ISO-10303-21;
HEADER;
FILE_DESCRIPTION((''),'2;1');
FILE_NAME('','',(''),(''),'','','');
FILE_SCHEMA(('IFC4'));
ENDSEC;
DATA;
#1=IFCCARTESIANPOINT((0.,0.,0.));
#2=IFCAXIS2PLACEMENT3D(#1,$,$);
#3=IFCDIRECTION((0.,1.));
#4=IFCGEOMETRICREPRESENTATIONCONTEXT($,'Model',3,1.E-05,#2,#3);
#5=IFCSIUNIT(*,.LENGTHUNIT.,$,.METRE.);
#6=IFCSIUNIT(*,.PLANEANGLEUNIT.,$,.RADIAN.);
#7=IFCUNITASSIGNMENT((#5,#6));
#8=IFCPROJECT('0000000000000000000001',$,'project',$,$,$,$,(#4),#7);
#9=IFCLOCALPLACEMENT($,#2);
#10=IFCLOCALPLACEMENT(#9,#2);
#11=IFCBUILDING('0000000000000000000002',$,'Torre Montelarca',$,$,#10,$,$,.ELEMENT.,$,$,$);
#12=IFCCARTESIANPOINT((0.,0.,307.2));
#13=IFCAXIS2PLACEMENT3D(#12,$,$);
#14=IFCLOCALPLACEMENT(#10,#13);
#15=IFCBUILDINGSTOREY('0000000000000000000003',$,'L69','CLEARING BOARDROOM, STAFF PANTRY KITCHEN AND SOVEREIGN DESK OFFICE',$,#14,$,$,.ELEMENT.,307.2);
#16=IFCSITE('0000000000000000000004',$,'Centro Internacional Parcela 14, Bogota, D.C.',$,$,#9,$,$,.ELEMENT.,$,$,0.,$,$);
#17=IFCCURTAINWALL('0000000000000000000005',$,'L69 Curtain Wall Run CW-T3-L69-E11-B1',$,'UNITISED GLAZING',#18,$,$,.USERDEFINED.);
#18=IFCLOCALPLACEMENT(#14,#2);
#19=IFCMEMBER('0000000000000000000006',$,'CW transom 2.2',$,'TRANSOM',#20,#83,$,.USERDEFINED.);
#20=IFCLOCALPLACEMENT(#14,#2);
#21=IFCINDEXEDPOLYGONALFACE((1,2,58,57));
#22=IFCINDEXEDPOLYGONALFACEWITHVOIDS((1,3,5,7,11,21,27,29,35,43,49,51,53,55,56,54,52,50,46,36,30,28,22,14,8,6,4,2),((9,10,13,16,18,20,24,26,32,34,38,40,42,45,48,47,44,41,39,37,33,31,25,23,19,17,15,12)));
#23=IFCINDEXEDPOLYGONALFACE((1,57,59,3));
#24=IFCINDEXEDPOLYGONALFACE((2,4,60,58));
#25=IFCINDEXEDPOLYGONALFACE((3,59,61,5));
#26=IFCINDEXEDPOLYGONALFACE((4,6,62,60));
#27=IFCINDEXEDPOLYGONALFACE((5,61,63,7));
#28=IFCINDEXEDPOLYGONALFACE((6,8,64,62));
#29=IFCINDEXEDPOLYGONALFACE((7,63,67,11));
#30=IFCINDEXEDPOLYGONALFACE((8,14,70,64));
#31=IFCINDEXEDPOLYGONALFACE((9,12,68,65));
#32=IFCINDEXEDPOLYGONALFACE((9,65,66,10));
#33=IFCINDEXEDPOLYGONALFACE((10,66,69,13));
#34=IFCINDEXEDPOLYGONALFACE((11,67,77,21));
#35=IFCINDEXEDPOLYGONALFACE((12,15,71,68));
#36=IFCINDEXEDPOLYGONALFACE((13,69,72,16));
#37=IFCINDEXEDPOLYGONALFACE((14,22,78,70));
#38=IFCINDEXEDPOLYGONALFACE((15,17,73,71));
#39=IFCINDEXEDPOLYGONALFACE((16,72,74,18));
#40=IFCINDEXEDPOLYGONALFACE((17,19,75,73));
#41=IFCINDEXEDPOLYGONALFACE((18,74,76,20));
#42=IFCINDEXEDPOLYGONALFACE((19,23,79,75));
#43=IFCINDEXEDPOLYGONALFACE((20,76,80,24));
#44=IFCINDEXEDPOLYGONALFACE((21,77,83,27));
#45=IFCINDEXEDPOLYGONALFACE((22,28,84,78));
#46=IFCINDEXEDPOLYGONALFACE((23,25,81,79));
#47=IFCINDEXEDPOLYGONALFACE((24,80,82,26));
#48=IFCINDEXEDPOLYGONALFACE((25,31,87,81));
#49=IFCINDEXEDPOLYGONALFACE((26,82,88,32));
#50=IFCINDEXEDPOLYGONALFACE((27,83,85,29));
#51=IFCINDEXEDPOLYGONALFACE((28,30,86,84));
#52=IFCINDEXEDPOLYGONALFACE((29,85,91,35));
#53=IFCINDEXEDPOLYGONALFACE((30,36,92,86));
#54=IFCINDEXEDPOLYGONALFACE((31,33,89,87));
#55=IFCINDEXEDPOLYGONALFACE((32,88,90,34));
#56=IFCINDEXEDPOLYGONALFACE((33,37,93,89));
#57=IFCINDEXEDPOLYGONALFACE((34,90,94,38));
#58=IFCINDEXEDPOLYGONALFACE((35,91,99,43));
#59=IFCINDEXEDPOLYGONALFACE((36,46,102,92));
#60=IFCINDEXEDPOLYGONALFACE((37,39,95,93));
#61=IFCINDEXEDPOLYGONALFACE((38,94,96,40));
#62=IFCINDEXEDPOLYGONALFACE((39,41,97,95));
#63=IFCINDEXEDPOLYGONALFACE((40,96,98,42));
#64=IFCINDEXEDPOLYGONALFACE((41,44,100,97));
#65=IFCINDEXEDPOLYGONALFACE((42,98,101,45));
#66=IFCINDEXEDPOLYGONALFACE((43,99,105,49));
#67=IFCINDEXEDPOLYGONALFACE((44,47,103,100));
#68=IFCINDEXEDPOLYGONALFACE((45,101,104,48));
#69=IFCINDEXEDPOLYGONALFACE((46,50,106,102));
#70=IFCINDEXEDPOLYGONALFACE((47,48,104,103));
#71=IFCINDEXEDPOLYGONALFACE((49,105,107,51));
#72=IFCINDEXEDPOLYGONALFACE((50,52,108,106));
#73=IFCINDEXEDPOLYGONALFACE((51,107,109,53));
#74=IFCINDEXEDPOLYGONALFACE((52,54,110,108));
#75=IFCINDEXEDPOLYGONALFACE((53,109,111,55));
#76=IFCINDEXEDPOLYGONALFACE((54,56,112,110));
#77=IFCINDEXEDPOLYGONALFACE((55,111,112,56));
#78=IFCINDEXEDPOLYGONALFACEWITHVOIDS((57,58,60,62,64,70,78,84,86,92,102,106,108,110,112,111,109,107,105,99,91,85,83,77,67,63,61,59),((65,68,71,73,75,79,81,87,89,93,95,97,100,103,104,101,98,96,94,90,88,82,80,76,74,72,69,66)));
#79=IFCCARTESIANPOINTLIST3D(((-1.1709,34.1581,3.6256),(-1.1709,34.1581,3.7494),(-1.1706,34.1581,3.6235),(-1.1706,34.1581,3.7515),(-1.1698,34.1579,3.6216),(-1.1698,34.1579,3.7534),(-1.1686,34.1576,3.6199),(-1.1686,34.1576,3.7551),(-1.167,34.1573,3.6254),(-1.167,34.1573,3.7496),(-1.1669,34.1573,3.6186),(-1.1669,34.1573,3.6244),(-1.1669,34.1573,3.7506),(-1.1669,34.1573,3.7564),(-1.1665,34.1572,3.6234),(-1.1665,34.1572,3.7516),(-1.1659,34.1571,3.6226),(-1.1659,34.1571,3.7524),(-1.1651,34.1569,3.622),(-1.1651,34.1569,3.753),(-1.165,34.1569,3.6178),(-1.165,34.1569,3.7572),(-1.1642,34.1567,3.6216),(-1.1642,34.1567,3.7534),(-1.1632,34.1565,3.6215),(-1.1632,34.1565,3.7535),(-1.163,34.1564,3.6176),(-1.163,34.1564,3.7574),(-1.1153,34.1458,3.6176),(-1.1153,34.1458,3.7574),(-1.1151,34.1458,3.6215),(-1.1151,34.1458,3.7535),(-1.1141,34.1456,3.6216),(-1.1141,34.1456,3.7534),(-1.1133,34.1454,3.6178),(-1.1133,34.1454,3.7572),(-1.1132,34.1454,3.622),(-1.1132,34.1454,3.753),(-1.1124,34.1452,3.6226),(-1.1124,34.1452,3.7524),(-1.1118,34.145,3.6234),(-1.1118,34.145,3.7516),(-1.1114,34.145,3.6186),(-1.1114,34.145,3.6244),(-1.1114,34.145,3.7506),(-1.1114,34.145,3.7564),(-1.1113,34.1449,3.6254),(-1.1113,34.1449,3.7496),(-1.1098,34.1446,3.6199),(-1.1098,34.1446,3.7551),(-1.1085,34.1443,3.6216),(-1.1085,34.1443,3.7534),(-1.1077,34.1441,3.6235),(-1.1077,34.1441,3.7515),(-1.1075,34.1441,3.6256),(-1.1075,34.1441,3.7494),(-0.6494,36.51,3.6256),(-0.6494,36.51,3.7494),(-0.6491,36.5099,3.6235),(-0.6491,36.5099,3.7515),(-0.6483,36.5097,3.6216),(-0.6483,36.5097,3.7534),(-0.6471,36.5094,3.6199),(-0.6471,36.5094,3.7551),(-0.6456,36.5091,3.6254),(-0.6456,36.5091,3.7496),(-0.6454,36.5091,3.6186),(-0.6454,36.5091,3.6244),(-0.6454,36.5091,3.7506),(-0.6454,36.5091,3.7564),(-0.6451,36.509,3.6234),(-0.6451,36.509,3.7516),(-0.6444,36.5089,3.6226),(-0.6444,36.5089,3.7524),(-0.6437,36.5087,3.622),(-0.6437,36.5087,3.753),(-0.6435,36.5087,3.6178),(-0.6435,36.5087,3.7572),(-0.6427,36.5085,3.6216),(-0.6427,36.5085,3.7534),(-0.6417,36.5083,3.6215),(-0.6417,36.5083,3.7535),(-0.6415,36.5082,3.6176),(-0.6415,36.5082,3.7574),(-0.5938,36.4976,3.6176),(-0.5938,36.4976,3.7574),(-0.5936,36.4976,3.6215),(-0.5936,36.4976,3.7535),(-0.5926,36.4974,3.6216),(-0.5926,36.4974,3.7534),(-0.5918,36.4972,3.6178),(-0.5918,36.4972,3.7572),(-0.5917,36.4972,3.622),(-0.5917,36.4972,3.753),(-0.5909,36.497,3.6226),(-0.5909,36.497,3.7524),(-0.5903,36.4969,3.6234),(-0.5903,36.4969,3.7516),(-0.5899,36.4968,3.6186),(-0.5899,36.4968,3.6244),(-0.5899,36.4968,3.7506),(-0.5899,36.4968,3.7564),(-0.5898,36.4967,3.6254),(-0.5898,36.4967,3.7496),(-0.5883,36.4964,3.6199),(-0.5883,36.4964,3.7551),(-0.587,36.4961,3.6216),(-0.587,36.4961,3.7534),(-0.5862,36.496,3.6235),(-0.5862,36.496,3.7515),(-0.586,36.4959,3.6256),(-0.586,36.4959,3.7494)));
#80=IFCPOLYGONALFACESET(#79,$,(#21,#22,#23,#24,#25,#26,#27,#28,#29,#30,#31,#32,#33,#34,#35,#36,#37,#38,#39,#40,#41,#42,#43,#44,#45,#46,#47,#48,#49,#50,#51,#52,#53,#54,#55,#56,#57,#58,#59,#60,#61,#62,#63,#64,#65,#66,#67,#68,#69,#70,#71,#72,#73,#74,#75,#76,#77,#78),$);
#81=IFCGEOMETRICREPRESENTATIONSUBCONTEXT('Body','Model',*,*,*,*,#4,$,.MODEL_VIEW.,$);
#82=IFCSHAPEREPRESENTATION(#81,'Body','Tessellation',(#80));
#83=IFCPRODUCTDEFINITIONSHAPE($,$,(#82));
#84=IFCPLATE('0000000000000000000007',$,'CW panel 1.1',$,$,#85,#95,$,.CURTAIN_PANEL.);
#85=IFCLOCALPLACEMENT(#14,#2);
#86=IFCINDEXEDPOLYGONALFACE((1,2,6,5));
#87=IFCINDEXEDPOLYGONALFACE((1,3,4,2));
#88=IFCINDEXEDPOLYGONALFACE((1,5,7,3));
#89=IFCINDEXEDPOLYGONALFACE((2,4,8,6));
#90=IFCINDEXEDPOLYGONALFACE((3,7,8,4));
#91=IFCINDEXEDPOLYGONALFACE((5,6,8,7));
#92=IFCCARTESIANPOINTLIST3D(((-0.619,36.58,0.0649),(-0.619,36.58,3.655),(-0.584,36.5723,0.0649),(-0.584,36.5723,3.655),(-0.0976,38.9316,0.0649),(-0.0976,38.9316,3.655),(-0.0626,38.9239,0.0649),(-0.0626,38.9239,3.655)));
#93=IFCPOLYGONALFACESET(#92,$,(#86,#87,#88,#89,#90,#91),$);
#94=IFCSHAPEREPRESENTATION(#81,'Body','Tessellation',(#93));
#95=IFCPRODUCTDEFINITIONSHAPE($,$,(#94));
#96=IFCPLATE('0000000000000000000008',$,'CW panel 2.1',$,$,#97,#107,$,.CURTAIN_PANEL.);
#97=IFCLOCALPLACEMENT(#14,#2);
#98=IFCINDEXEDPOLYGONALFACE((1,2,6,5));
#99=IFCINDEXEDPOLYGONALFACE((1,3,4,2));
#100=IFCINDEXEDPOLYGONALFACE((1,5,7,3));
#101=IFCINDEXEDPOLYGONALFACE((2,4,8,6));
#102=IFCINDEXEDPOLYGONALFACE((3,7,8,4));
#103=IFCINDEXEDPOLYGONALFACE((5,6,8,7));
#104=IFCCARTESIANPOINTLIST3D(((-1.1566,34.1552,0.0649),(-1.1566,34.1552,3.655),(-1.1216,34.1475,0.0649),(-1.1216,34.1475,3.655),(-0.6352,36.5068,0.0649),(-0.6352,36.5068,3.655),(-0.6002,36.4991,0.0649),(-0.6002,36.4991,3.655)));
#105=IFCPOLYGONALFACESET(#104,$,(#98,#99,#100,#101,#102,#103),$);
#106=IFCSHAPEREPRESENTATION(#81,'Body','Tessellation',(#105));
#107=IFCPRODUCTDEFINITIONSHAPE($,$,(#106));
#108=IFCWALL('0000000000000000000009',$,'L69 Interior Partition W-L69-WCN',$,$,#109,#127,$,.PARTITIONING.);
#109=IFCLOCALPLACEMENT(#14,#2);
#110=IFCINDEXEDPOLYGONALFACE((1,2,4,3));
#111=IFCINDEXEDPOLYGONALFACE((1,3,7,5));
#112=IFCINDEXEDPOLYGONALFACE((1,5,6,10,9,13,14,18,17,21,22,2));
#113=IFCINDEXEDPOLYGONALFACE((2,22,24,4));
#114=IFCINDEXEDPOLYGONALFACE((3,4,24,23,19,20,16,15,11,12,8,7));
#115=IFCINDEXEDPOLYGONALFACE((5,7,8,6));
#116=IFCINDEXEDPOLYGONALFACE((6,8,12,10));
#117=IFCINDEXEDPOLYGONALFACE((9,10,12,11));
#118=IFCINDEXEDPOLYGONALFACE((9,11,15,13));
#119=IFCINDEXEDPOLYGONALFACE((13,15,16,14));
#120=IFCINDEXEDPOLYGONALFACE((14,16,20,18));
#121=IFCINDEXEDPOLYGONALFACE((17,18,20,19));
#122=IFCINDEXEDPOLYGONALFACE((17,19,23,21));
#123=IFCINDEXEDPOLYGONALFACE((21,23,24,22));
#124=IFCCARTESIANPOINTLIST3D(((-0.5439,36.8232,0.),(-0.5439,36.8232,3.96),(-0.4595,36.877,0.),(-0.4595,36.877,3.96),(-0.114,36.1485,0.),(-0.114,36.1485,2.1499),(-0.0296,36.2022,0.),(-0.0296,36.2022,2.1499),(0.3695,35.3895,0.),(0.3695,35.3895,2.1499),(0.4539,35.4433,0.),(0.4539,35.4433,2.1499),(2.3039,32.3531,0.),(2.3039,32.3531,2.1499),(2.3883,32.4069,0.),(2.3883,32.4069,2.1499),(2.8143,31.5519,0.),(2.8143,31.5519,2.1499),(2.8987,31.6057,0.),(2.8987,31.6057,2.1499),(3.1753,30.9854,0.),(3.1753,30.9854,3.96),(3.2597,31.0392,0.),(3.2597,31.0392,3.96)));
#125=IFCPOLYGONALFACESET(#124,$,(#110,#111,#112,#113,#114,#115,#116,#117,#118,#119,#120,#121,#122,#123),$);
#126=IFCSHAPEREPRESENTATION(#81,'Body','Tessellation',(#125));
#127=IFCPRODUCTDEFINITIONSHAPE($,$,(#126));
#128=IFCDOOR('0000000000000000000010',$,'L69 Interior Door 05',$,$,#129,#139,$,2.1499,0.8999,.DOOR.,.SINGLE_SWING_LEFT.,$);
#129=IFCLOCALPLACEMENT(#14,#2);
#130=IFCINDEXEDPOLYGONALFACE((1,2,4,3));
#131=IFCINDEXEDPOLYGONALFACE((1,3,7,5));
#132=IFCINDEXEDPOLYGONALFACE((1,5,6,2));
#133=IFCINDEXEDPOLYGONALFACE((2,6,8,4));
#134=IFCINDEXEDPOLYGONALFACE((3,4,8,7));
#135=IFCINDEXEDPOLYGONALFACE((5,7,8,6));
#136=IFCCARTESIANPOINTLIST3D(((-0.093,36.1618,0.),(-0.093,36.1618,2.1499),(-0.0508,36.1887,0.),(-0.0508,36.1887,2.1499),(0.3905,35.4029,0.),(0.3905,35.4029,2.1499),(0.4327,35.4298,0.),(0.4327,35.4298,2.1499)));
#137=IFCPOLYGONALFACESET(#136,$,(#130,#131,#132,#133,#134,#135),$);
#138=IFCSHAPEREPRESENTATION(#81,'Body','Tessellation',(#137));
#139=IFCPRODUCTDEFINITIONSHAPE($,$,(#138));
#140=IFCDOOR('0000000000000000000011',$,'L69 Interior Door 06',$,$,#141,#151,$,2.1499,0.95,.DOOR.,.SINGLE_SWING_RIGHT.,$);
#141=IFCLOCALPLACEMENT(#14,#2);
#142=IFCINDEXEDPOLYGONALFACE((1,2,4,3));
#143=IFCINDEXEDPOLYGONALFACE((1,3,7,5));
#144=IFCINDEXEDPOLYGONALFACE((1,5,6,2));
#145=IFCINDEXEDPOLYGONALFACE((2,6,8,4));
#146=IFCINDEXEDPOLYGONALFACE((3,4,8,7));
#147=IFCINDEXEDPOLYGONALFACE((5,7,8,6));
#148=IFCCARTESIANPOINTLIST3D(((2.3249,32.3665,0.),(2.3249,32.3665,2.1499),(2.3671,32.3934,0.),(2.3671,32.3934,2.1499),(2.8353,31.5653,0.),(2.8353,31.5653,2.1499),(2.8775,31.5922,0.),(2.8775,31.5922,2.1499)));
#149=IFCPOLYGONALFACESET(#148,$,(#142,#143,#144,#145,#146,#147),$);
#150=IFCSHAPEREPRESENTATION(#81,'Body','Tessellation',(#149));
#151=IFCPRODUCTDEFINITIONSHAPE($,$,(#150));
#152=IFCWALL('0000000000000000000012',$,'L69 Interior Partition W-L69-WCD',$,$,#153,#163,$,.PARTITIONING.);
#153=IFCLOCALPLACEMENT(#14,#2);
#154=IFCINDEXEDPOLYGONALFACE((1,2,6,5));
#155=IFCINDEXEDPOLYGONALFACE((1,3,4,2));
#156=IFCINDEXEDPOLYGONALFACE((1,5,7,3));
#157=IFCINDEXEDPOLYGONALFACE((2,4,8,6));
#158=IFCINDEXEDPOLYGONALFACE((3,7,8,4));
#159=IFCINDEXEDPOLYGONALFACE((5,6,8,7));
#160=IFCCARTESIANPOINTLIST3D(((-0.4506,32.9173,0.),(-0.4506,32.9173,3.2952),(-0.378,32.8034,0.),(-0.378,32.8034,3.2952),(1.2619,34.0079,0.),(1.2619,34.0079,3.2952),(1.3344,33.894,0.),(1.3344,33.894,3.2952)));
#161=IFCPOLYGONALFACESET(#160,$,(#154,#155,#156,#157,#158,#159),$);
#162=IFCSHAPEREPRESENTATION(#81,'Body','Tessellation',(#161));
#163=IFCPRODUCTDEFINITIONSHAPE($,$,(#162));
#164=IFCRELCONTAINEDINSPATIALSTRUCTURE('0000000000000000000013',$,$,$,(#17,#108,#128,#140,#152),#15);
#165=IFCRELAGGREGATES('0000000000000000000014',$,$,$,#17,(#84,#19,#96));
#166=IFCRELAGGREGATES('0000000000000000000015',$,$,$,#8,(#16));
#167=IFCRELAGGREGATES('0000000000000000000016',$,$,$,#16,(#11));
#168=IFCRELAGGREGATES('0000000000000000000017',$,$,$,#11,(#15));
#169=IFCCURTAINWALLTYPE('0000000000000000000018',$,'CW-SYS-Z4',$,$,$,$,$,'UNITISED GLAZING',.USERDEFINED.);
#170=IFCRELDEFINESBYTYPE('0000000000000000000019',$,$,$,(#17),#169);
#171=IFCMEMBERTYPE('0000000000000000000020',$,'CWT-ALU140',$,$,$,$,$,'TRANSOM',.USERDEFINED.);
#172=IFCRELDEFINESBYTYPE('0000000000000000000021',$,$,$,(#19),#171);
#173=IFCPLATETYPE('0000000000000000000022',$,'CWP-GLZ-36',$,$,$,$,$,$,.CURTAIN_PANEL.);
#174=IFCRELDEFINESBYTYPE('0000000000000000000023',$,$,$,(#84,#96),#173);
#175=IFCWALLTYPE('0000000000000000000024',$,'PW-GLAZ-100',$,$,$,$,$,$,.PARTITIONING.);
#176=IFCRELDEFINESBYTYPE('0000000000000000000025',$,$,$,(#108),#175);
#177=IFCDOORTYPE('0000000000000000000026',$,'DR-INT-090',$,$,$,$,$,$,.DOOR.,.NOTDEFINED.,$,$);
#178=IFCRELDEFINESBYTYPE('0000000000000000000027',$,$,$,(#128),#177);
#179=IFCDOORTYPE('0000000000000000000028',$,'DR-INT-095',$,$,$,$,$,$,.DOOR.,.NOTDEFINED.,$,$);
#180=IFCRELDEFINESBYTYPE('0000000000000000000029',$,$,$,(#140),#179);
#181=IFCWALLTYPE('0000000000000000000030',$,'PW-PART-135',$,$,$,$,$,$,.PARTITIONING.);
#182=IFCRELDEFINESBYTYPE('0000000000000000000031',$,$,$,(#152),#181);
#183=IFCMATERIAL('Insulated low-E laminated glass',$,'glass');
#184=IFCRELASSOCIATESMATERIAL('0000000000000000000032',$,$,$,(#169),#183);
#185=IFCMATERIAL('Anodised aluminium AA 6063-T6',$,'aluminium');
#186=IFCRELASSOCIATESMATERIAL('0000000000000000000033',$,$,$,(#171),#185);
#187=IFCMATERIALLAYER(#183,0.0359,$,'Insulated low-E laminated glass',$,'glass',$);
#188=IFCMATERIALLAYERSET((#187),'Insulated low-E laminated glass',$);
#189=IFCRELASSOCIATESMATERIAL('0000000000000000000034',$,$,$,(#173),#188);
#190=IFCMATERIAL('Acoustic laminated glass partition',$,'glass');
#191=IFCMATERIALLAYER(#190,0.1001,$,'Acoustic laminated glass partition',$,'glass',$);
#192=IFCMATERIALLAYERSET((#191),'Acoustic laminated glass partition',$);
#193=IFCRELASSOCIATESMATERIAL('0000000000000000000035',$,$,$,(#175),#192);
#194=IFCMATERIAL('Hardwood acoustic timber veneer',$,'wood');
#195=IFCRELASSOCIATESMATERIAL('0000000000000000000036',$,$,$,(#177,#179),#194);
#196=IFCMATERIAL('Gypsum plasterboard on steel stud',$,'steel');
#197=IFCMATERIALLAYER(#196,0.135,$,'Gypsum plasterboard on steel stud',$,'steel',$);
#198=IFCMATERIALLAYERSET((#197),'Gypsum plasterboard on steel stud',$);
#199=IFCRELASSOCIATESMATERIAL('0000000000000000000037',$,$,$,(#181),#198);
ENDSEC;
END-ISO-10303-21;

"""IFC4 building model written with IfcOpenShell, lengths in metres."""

from ifc_helpers import new_model, si_unit, direction, frame, frame_2d, origin, origin_2d, place, context, subcontext, project, spatial, rectangle, hollow_rectangle, extrude, source, transform, mapped, material, layer, layer_set, material_profile, profile_set, type_object, element, fill, aggregate, save


model = new_model("IFC4")

# Units and contexts
model_context = context("Model", 3, precision=1e-05, world=origin(), true_north=direction((0.0, 1.0)))
body_context = subcontext(model_context, "Body", "Model", "MODEL_VIEW")
ifc_project = project(units=[si_unit("LENGTHUNIT", "METRE"), si_unit("PLANEANGLEUNIT", "RADIAN")], contexts=[model_context])

# Site, building, storey
site_placement = place(None, origin())
site = spatial("IfcSite", under=ifc_project, at=site_placement, Name="Centro Internacional Parcela 14, Bogota, D.C.", CompositionType="ELEMENT", RefElevation=0.0)
building_placement = place(site_placement, origin())
building = spatial("IfcBuilding", under=site, at=building_placement, Name="Torre Montelarca", CompositionType="ELEMENT")
storey_placement = place(building_placement, frame((0.0, 0.0, 307.2)))
storey = spatial("IfcBuildingStorey", under=building, at=storey_placement, Name="L69", Description="CLEARING BOARDROOM, STAFF PANTRY KITCHEN AND SOVEREIGN DESK OFFICE", CompositionType="ELEMENT", Elevation=307.2)

# Curtain wall, member, plates
ifc_material_1 = material(Name="Insulated low-E laminated glass", Category="glass")
curtain_wall_type = type_object("IfcCurtainWallType", Name="CW-SYS-Z4", ElementType="UNITISED GLAZING", PredefinedType="USERDEFINED", material=ifc_material_1)
curtain_wall_placement = place(storey_placement, origin())
curtain_wall = element("IfcCurtainWall", 1, at=curtain_wall_placement, inside=storey, type_object=curtain_wall_type, Name="L69 Curtain Wall Run CW-T3-L69-E11-B1", ObjectType="UNITISED GLAZING", PredefinedType="USERDEFINED")
ifc_material_2 = material(Name="Anodised aluminium AA 6063-T6", Category="aluminium")
ifc_material_profile_1 = material_profile(ifc_material_2, hollow_rectangle(XDim=0.0649, YDim=0.1399, WallThickness=0.0039, InnerFilletRadius=0.0039, OuterFilletRadius=0.0081, at=origin_2d()), Name="ALU65X140X4", Category="aluminium")
ifc_profile_set_1 = profile_set([ifc_material_profile_1], Name="Anodised aluminium AA 6063-T6")
member_type_1 = type_object("IfcMemberType", Name="CWT-ALU140", ElementType="TRANSOM", PredefinedType="USERDEFINED", material=ifc_profile_set_1)
shared_shape_1 = source(origin(), body_context, "Body", "SweptSolid", [
    extrude(hollow_rectangle(XDim=0.0649, YDim=0.1399, WallThickness=0.0039, InnerFilletRadius=0.0039, OuterFilletRadius=0.0081, at=origin_2d()), origin(), (0.0, 0.0, 1.0), 2.4089),
])
member_1_placement = place(storey_placement, frame((-0.6177, 36.5029, 3.6875), z_axis=(-0.21648, -0.976287, 0.0), x_axis=(0.976287, -0.21648, 0.0)))
member_1 = element("IfcMember", 2, at=member_1_placement, type_object=member_type_1, Name="CW transom 2.2", ObjectType="TRANSOM", PredefinedType="USERDEFINED", context=body_context, shape_type="MappedRepresentation", body=[
    mapped(shared_shape_1, transform((0.0, 0.0, 0.0), scale=1.0)),
])
ifc_layer_1 = layer(ifc_material_1, 0.0359, Name="Insulated low-E laminated glass", Category="glass")
ifc_layer_set_1 = layer_set([ifc_layer_1], Name="Insulated low-E laminated glass")
plate_type = type_object("IfcPlateType", Name="CWP-GLZ-36", PredefinedType="CURTAIN_PANEL", material=ifc_layer_set_1)
shared_shape_2 = source(origin(), body_context, "Body", "SweptSolid", [
    extrude(rectangle(XDim=2.4087, YDim=0.0359, at=origin_2d()), origin(), (0.0, 0.0, 1.0), 3.5901),
])
plate_1_placement = place(storey_placement, frame((-0.3408, 37.752, 0.0649), z_axis=(0.0, 0.0, 1.0), x_axis=(-0.216462, -0.976291, 0.0)))
plate_1 = element("IfcPlate", 3, at=plate_1_placement, type_object=plate_type, Name="CW panel 1.1", PredefinedType="CURTAIN_PANEL", context=body_context, shape_type="MappedRepresentation", body=[
    mapped(shared_shape_2, transform((0.0, 0.0, 0.0), scale=1.0)),
])
plate_2_placement = place(storey_placement, frame((-0.8784, 35.3271, 0.0649), z_axis=(0.0, 0.0, 1.0), x_axis=(-0.216462, -0.976291, 0.0)))
plate_2 = element("IfcPlate", 4, at=plate_2_placement, type_object=plate_type, Name="CW panel 2.1", PredefinedType="CURTAIN_PANEL", context=body_context, shape_type="MappedRepresentation", body=[
    mapped(shared_shape_2, transform((0.0, 0.0, 0.0), scale=1.0)),
])
aggregate(curtain_wall, [plate_1, member_1, plate_2])

# Wall, openings, doors
ifc_material_3 = material(Name="Acoustic laminated glass partition", Category="glass")
ifc_layer_2 = layer(ifc_material_3, 0.1001, Name="Acoustic laminated glass partition", Category="glass")
ifc_layer_set_2 = layer_set([ifc_layer_2], Name="Acoustic laminated glass partition")
wall_type_1 = type_object("IfcWallType", Name="PW-GLAZ-100", PredefinedType="PARTITIONING", material=ifc_layer_set_2)
wall_1_placement = place(storey_placement, frame((-0.5017, 36.8501, 0.0), z_axis=(0.0, 0.0, 1.0), x_axis=(0.537309, -0.843385, 0.0)))
wall_1 = element("IfcWall", 5, at=wall_1_placement, inside=storey, type_object=wall_type_1, Name="L69 Interior Partition W-L69-WCN", PredefinedType="PARTITIONING", context=body_context, shape_type="SweptSolid", body=[
    extrude(rectangle(XDim=6.9219, YDim=0.1001, at=frame_2d((3.4609, 0.0))), origin(), (0.0, 0.0, 1.0), 3.96),
])
opening_1_placement = place(wall_1_placement, frame((0.8, 0.0, 0.0)))
opening_1 = element("IfcOpeningElement", 6, at=opening_1_placement, cuts=wall_1, PredefinedType="OPENING", context=body_context, shape_type="SweptSolid", body=[
    extrude(rectangle(XDim=0.8999, YDim=2.1499, at=frame_2d((0.45, 1.075))), frame((0.0, 0.0601, 0.0), z_axis=(0.0, -1.0, 0.0), x_axis=(1.0, 0.0, 0.0)), (0.0, 0.0, 1.0), 0.1201),
])
opening_2_placement = place(wall_1_placement, frame((5.3, 0.0, 0.0)))
opening_2 = element("IfcOpeningElement", 7, at=opening_2_placement, cuts=wall_1, PredefinedType="OPENING", context=body_context, shape_type="SweptSolid", body=[
    extrude(rectangle(XDim=0.95, YDim=2.1499, at=frame_2d((0.4751, 1.075))), frame((0.0, 0.0601, 0.0), z_axis=(0.0, -1.0, 0.0), x_axis=(1.0, 0.0, 0.0)), (0.0, 0.0, 1.0), 0.1201),
])
ifc_material_4 = material(Name="Hardwood acoustic timber veneer", Category="wood")
door_type_1 = type_object("IfcDoorType", Name="DR-INT-090", OperationType="NOTDEFINED", PredefinedType="DOOR", material=ifc_material_4)
shared_shape_3 = source(origin(), body_context, "Body", "SweptSolid", [
    extrude(rectangle(XDim=0.8999, YDim=2.1499, at=frame_2d((0.45, 1.075))), frame((0.0, 0.0249, 0.0), z_axis=(0.0, -1.0, 0.0), x_axis=(1.0, 0.0, 0.0)), (0.0, 0.0, 1.0), 0.05),
])
door_1_placement = place(opening_1_placement, origin())
door_1 = element("IfcDoor", 8, at=door_1_placement, inside=storey, type_object=door_type_1, Name="L69 Interior Door 05", OperationType="SINGLE_SWING_LEFT", OverallHeight=2.1499, OverallWidth=0.8999, PredefinedType="DOOR", context=body_context, shape_type="MappedRepresentation", body=[
    mapped(shared_shape_3, transform((0.0, 0.0, 0.0), scale=1.0)),
])
fill(opening_1, door_1)
door_type_2 = type_object("IfcDoorType", Name="DR-INT-095", OperationType="NOTDEFINED", PredefinedType="DOOR", material=ifc_material_4)
shared_shape_4 = source(origin(), body_context, "Body", "SweptSolid", [
    extrude(rectangle(XDim=0.95, YDim=2.1499, at=frame_2d((0.4751, 1.075))), frame((0.0, 0.0249, 0.0), z_axis=(0.0, -1.0, 0.0), x_axis=(1.0, 0.0, 0.0)), (0.0, 0.0, 1.0), 0.05),
])
door_2_placement = place(opening_2_placement, origin())
door_2 = element("IfcDoor", 9, at=door_2_placement, inside=storey, type_object=door_type_2, Name="L69 Interior Door 06", OperationType="SINGLE_SWING_RIGHT", OverallHeight=2.1499, OverallWidth=0.95, PredefinedType="DOOR", context=body_context, shape_type="MappedRepresentation", body=[
    mapped(shared_shape_4, transform((0.0, 0.0, 0.0), scale=1.0)),
])
fill(opening_2, door_2)

# Wall
ifc_material_5 = material(Name="Gypsum plasterboard on steel stud", Category="steel")
ifc_layer_3 = layer(ifc_material_5, 0.135, Name="Gypsum plasterboard on steel stud", Category="steel")
ifc_layer_set_3 = layer_set([ifc_layer_3], Name="Gypsum plasterboard on steel stud")
wall_type_2 = type_object("IfcWallType", Name="PW-PART-135", PredefinedType="PARTITIONING", material=ifc_layer_set_3)
wall_2_placement = place(storey_placement, frame((-0.4143, 32.8604, 0.0), z_axis=(0.0, 0.0, 1.0), x_axis=(0.843468, 0.537179, 0.0)))
element("IfcWall", 10, at=wall_2_placement, inside=storey, type_object=wall_type_2, Name="L69 Interior Partition W-L69-WCD", PredefinedType="PARTITIONING", context=body_context, shape_type="SweptSolid", body=[
    extrude(rectangle(XDim=2.0303, YDim=0.135, at=frame_2d((1.0151, 0.0))), origin(), (0.0, 0.0, 1.0), 3.2952),
])

save(model, "model.ifc")
